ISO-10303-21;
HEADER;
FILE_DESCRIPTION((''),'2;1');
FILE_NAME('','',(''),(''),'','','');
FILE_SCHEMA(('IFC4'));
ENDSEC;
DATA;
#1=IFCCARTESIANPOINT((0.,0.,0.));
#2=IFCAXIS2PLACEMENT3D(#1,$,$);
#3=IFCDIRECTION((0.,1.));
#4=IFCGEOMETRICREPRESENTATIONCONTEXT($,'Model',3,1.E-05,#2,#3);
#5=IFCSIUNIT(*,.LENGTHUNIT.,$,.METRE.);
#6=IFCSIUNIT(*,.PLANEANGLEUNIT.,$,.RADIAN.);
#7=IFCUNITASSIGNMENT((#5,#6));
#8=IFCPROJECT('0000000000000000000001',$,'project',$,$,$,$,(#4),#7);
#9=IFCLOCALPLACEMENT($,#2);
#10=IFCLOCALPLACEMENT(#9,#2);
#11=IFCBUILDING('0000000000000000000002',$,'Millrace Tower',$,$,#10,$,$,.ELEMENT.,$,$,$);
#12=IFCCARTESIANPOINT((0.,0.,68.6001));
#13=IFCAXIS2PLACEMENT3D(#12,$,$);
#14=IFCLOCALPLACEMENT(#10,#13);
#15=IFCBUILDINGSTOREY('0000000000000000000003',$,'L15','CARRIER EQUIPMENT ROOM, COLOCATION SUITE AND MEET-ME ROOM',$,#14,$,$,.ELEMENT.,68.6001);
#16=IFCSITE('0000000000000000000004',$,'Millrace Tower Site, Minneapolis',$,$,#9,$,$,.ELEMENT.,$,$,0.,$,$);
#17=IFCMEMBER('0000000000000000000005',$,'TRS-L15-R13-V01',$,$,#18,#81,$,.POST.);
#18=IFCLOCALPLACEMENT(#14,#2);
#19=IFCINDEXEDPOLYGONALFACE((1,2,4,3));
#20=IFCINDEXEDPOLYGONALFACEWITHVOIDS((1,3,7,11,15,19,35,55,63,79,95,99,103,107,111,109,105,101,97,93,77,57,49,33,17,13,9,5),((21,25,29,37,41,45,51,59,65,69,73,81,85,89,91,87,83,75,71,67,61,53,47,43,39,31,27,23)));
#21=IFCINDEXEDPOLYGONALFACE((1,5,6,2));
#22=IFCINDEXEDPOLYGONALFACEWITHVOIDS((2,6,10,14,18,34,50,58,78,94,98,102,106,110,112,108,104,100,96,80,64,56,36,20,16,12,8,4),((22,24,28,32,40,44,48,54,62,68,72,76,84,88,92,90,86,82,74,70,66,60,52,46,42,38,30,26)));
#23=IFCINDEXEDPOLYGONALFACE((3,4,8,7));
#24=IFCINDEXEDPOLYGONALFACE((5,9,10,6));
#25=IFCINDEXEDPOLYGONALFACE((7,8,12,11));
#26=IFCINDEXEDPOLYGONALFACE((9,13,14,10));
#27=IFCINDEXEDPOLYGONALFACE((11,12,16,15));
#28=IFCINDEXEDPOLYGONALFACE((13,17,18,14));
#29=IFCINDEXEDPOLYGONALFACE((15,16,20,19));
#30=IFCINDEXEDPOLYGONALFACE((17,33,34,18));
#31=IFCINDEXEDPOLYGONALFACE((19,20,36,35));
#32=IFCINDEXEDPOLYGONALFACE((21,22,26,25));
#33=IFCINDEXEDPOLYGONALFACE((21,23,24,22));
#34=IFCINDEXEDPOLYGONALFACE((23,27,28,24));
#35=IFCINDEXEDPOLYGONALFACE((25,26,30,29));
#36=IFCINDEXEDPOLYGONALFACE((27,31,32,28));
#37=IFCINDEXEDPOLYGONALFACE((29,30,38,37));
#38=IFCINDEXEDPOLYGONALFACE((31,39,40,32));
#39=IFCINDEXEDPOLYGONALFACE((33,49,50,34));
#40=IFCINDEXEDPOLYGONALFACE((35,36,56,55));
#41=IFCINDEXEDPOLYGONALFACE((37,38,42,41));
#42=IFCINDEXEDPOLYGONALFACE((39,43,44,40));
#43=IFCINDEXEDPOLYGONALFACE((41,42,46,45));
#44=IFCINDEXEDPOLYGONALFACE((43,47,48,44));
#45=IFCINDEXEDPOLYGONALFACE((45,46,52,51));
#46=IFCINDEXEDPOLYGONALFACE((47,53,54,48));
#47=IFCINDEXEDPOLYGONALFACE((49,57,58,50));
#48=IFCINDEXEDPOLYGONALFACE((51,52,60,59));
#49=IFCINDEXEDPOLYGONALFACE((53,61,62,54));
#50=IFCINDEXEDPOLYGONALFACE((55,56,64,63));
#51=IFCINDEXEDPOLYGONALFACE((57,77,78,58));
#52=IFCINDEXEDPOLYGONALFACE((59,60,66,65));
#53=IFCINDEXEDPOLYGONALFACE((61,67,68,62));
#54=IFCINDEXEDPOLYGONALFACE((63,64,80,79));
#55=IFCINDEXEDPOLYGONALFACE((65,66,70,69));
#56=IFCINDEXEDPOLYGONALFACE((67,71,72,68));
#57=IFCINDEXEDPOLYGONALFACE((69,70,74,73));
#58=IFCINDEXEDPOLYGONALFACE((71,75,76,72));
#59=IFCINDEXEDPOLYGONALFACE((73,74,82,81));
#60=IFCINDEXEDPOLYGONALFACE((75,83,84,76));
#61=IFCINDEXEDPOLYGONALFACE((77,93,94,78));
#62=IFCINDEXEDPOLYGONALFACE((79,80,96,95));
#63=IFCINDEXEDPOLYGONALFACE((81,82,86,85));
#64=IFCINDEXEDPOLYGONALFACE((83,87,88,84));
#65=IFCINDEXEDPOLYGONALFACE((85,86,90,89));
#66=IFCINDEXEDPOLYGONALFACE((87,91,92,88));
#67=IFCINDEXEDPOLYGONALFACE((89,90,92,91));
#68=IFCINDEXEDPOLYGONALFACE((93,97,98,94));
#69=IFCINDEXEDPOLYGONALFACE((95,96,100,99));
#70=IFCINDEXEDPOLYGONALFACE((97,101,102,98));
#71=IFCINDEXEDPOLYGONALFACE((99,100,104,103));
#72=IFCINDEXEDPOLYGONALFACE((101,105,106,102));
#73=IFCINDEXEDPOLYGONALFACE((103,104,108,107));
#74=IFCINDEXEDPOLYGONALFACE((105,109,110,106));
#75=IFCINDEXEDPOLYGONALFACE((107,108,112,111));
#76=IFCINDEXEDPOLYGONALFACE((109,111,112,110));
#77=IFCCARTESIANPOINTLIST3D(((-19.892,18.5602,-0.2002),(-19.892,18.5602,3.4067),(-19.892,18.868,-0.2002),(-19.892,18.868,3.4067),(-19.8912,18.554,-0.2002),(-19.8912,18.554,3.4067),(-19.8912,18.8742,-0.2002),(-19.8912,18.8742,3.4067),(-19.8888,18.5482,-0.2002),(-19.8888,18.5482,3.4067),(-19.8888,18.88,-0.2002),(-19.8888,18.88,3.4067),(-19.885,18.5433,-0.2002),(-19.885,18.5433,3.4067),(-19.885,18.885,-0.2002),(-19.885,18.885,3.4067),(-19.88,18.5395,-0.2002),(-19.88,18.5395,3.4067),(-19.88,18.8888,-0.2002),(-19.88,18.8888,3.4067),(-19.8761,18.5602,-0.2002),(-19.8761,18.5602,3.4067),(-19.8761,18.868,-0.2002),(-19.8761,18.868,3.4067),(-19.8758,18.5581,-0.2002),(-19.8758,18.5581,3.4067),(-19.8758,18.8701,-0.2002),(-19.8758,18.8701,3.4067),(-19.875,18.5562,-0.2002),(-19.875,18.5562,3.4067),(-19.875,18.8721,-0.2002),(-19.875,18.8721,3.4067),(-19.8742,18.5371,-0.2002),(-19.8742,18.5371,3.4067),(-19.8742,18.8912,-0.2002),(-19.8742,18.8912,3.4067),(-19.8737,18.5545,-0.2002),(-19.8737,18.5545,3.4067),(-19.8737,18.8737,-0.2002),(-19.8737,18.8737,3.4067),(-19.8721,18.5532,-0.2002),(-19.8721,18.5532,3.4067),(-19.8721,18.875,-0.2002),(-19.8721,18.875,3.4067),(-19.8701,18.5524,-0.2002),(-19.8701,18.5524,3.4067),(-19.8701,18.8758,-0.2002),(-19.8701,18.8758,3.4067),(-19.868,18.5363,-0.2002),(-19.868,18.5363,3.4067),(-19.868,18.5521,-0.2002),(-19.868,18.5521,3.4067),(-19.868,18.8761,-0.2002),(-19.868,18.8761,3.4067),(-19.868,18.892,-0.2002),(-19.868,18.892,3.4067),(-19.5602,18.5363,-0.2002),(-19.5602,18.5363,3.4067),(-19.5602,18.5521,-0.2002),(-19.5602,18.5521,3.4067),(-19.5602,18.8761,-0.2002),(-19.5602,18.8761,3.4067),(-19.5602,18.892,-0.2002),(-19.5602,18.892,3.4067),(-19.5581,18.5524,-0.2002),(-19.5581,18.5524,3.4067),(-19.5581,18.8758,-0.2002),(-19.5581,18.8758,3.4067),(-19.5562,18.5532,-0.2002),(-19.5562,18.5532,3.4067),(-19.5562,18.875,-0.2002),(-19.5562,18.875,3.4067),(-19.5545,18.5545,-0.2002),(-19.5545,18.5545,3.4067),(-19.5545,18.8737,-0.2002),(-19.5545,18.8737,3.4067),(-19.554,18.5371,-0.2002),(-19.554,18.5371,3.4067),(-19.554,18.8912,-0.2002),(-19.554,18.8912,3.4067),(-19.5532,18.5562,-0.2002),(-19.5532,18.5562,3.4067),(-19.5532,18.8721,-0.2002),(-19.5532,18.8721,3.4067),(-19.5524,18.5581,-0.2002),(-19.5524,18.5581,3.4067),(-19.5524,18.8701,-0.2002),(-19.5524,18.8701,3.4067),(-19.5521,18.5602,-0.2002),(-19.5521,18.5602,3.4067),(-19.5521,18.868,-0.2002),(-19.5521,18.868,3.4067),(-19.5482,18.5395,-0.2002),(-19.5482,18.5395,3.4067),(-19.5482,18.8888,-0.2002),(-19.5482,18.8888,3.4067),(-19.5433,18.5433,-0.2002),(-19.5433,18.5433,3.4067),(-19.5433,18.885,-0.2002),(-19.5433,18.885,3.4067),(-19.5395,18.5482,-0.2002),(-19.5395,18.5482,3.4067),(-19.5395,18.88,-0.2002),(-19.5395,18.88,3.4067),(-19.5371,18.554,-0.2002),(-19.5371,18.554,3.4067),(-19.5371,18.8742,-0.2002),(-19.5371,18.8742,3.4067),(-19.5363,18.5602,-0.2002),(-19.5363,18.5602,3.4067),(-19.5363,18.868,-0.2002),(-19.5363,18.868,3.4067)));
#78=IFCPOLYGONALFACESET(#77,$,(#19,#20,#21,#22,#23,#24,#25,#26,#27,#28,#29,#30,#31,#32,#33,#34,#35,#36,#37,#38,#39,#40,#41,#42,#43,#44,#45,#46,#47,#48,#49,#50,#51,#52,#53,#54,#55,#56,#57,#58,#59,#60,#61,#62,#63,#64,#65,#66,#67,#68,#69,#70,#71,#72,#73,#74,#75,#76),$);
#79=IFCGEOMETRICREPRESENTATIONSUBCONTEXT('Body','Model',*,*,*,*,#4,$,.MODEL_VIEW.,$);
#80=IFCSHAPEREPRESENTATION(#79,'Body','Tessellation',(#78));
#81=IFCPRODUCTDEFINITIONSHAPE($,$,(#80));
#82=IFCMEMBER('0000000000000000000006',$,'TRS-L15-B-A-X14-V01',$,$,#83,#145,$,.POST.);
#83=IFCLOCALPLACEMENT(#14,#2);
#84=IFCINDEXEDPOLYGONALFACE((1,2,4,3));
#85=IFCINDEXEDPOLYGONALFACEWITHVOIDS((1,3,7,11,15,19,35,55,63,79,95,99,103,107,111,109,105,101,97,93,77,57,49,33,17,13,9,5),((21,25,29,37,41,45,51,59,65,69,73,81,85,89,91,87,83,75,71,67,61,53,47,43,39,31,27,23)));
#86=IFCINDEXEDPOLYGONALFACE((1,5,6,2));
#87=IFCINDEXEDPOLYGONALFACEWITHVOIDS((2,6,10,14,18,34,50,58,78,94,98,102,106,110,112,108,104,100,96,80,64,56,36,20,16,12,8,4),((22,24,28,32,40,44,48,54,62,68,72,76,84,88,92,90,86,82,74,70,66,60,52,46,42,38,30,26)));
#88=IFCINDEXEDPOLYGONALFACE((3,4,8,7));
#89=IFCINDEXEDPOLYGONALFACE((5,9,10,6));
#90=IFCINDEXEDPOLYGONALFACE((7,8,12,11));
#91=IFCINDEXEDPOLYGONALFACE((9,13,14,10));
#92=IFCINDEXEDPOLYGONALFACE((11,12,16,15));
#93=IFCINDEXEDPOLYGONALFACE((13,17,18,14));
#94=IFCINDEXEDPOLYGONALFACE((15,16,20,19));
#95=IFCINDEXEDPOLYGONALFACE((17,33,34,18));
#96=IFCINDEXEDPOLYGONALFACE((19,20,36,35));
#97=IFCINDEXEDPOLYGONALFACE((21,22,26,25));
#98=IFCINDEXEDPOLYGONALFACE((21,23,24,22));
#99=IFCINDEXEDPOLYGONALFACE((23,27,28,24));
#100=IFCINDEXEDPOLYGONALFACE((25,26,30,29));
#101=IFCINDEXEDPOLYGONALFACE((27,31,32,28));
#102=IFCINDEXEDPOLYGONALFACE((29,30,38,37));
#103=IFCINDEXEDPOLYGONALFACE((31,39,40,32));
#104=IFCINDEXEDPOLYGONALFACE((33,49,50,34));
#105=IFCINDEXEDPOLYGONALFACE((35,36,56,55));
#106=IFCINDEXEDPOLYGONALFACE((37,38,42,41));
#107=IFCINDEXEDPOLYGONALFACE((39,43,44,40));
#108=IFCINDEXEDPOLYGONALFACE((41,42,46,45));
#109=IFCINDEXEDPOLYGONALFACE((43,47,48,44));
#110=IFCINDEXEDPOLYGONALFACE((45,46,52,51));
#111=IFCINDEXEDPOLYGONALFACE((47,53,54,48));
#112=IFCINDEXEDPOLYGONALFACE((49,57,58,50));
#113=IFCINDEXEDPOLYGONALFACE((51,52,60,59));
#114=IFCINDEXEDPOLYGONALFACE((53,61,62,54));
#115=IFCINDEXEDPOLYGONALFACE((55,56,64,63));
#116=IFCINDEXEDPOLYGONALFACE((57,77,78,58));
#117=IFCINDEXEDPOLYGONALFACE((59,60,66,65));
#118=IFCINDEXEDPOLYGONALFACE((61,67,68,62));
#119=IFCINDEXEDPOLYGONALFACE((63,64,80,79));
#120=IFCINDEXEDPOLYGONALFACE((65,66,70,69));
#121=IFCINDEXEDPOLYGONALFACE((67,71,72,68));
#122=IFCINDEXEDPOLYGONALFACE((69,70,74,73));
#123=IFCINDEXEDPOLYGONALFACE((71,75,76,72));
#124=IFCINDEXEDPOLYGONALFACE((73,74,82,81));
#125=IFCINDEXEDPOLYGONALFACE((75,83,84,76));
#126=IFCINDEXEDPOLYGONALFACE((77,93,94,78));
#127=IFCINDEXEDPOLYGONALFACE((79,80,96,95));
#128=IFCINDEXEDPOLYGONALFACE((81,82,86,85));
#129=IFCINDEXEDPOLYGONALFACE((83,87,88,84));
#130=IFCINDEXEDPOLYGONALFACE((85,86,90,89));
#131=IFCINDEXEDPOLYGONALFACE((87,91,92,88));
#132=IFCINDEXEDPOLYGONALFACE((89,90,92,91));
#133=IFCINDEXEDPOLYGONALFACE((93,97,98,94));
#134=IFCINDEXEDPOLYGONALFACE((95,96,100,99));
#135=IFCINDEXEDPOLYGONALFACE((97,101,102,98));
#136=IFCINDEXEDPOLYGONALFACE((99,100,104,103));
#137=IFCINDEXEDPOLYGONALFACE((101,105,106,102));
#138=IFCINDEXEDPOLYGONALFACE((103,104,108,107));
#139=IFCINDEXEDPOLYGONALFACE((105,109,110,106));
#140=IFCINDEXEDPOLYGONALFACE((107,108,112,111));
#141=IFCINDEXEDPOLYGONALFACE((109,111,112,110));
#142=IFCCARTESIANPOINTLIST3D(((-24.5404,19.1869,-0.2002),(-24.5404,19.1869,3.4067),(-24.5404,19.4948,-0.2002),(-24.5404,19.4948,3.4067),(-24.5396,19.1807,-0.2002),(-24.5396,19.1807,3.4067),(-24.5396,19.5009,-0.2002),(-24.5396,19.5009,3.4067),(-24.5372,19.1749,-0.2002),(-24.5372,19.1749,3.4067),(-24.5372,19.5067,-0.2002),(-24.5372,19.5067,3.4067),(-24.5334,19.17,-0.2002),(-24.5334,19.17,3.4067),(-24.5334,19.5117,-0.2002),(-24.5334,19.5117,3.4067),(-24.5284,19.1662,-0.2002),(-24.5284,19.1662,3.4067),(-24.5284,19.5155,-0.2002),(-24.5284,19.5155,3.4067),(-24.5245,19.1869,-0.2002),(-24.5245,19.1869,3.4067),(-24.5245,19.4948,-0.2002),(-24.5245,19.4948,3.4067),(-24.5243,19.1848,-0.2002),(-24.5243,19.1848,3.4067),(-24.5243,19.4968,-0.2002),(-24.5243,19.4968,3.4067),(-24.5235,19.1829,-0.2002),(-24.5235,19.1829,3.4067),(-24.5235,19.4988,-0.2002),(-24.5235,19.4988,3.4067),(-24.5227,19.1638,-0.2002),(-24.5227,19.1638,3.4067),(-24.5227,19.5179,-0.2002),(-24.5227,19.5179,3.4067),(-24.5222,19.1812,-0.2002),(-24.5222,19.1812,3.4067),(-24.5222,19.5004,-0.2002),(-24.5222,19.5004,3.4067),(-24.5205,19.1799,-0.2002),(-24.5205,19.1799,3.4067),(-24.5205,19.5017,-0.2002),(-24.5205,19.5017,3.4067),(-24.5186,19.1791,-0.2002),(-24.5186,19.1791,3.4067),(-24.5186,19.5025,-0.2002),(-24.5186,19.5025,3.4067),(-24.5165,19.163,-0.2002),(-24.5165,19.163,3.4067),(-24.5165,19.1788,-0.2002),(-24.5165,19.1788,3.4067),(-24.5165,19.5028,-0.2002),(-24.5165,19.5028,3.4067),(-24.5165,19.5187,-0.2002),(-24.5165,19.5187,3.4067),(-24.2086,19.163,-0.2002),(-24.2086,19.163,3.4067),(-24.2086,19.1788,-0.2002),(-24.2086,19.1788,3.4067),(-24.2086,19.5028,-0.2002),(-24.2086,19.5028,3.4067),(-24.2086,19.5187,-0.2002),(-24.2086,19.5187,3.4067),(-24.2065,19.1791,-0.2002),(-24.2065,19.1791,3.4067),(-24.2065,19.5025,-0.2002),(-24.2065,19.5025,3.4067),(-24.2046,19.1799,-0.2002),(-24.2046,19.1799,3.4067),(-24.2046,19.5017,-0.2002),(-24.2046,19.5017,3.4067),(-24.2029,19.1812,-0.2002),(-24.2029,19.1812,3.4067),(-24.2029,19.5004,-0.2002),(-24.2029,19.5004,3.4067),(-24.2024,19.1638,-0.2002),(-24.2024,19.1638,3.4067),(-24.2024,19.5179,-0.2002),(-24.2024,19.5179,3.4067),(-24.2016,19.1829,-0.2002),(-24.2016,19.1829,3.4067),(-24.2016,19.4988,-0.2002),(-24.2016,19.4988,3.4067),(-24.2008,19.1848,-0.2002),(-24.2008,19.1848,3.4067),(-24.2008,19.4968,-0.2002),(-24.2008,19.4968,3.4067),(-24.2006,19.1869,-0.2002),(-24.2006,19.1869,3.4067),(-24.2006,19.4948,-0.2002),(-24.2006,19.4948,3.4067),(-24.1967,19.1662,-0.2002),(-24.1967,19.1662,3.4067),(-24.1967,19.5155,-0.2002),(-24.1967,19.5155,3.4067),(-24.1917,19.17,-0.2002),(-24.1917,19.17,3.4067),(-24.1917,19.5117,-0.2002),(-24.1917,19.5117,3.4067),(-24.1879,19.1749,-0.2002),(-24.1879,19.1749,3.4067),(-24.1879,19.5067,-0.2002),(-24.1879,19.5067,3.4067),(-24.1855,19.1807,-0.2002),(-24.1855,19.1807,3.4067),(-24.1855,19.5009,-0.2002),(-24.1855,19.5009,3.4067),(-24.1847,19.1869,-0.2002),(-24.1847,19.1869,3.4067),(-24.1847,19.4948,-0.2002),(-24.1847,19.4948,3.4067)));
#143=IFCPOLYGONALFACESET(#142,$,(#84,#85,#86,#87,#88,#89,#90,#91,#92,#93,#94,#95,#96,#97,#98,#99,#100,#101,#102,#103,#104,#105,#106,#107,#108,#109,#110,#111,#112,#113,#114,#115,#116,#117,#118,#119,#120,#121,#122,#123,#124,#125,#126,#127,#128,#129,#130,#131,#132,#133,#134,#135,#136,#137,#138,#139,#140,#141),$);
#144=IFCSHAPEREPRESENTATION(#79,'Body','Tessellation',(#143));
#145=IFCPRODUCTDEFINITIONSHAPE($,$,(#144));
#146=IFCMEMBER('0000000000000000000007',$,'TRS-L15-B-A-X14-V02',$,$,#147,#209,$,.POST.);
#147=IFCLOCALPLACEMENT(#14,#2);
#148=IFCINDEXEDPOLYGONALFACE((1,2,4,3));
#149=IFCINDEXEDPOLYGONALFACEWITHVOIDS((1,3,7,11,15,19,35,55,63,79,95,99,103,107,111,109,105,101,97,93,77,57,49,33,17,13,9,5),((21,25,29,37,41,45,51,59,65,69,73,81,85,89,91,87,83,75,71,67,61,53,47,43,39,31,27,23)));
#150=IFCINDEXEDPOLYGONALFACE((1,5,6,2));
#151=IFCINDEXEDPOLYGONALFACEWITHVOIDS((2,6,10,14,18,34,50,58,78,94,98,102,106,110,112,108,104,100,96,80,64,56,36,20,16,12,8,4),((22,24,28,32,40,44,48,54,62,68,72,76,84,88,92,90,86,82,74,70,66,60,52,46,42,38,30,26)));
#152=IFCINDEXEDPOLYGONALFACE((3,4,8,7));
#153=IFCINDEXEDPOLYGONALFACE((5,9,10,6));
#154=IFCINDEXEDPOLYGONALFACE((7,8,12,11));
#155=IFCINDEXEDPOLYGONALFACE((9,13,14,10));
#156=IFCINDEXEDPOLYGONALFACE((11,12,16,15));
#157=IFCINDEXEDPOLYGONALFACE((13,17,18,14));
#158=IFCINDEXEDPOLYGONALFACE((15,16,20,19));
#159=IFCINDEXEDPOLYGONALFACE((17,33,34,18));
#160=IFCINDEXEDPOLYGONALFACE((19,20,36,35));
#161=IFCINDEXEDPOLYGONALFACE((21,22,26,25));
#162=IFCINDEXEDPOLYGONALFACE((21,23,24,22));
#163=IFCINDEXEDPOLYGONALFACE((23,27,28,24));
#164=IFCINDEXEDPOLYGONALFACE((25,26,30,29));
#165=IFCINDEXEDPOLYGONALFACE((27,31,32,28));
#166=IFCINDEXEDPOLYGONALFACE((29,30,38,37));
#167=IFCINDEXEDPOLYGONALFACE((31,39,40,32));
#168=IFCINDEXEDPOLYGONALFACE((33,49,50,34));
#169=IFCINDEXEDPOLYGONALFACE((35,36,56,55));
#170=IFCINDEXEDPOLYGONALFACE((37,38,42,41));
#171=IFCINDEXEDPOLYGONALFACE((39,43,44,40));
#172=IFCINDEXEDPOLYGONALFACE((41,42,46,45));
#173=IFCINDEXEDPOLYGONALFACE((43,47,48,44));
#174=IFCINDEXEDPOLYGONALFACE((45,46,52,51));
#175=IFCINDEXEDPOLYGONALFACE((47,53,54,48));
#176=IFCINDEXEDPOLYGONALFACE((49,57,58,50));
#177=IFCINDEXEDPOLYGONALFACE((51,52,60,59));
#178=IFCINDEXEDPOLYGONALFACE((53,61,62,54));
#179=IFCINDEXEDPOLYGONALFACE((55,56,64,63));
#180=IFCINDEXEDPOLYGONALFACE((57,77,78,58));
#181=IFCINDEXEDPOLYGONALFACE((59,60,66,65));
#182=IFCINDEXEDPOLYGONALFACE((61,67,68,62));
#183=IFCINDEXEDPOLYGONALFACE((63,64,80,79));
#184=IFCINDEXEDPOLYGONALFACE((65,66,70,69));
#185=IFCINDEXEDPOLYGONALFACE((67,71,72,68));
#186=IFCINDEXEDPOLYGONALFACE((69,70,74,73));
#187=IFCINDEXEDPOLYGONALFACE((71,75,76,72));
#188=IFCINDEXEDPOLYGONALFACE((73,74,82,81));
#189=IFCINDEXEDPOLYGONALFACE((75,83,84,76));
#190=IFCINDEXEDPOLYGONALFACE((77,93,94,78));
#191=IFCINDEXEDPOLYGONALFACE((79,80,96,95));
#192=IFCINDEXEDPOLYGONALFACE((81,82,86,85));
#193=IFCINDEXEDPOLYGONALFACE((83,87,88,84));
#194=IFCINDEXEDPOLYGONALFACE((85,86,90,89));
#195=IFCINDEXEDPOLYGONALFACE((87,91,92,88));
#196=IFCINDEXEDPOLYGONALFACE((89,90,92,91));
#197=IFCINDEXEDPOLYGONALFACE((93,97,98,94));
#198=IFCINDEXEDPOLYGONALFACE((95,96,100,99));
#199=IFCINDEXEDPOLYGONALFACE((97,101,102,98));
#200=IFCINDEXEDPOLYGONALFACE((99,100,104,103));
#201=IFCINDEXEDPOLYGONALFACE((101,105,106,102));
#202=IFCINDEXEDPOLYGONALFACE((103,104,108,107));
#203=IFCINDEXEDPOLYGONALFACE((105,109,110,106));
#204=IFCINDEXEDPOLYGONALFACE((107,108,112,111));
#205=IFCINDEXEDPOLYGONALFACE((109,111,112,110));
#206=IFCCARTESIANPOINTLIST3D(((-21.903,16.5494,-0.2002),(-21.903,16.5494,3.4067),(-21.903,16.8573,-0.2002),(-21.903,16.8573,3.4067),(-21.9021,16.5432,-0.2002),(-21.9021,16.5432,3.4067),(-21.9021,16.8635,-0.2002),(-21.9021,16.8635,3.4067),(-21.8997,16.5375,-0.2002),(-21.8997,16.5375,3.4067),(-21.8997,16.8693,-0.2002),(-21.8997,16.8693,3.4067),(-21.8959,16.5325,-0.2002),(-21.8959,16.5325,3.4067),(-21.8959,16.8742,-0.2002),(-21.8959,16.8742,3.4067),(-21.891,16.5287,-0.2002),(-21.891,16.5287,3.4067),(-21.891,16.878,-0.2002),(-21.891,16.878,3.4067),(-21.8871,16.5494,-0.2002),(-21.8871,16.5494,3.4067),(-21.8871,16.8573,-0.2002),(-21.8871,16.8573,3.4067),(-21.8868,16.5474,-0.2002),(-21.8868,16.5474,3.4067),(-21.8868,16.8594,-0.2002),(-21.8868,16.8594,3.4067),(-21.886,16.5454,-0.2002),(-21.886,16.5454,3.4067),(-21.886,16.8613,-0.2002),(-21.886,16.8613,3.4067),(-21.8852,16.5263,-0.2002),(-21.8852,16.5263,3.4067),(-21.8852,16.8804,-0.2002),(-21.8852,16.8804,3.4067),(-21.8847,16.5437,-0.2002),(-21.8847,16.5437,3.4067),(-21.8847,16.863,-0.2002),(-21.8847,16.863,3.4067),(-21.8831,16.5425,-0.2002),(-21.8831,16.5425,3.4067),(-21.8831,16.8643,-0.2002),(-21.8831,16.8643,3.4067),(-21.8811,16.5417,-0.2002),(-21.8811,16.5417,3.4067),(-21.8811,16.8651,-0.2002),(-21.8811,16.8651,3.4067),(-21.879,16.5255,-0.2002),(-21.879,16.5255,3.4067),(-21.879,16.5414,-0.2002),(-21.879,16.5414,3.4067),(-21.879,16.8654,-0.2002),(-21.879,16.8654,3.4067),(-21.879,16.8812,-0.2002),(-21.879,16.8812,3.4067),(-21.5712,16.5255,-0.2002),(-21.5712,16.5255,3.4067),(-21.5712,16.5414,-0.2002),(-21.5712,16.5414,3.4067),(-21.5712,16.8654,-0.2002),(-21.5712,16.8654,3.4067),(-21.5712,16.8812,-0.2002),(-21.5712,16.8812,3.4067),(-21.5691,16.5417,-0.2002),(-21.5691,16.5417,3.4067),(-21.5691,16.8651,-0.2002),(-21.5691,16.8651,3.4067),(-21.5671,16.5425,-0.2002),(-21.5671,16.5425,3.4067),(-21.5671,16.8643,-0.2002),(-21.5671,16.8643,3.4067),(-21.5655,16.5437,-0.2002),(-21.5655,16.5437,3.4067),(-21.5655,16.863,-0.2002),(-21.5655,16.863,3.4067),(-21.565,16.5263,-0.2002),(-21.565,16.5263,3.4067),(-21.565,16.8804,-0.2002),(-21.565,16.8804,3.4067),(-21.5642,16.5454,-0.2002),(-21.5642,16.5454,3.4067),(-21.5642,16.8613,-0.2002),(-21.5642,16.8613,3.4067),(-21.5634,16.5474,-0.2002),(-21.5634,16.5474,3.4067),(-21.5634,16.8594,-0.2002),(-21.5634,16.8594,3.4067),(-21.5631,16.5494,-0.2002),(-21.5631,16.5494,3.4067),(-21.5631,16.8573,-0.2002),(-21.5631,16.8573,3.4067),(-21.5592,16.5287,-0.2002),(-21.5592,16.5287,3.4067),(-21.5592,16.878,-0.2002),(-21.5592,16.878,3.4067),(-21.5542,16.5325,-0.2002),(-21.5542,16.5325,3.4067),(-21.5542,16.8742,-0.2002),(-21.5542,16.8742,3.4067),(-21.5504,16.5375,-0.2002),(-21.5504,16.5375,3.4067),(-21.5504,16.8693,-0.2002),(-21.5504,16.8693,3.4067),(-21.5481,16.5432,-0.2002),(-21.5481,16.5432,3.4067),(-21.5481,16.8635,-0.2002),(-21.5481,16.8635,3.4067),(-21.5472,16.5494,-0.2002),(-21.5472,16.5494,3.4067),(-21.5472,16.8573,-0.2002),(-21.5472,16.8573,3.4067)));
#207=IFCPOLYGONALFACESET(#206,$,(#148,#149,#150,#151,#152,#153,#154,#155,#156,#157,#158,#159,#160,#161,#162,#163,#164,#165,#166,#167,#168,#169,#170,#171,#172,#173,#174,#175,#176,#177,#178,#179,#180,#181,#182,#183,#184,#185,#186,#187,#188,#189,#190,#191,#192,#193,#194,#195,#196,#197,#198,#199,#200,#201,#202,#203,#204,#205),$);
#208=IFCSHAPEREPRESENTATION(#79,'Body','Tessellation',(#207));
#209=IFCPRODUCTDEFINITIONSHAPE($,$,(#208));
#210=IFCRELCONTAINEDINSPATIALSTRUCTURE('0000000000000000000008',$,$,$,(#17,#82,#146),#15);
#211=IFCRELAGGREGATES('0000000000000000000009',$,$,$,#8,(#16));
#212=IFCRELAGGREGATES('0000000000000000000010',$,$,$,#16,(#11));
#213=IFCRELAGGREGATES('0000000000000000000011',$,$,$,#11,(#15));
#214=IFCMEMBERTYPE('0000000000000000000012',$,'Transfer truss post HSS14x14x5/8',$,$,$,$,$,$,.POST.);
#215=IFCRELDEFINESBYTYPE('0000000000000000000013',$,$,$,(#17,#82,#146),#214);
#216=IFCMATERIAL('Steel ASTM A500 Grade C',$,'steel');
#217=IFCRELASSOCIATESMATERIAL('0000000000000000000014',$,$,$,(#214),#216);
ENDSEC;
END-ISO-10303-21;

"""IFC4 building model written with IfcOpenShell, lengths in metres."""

from ifc_helpers import new_model, si_unit, direction, frame, origin, origin_2d, place, context, subcontext, project, spatial, hollow_rectangle, extrude, material, material_profile, profile_set, type_object, element, save


model = new_model("IFC4")

# Units and contexts
model_context = context("Model", 3, precision=1e-05, world=origin(), true_north=direction((0.0, 1.0)))
body_context = subcontext(model_context, "Body", "Model", "MODEL_VIEW")
ifc_project = project(units=[si_unit("LENGTHUNIT", "METRE"), si_unit("PLANEANGLEUNIT", "RADIAN")], contexts=[model_context])

# Site, building, storey
site_placement = place(None, origin())
site = spatial("IfcSite", under=ifc_project, at=site_placement, Name="Millrace Tower Site, Minneapolis", CompositionType="ELEMENT", RefElevation=0.0)
building_placement = place(site_placement, origin())
building = spatial("IfcBuilding", under=site, at=building_placement, Name="Millrace Tower", CompositionType="ELEMENT")
storey_placement = place(building_placement, frame((0.0, 0.0, 68.6001)))
storey = spatial("IfcBuildingStorey", under=building, at=storey_placement, Name="L15", Description="CARRIER EQUIPMENT ROOM, COLOCATION SUITE AND MEET-ME ROOM", CompositionType="ELEMENT", Elevation=68.6001)

# Members
ifc_material_1 = material(Name="Steel ASTM A500 Grade C", Category="steel")
ifc_material_profile_1 = material_profile(ifc_material_1, hollow_rectangle(XDim=0.3557, YDim=0.3557, WallThickness=0.0159, InnerFilletRadius=0.0081, OuterFilletRadius=0.0239, at=origin_2d()))
ifc_profile_set_1 = profile_set([ifc_material_profile_1], Name="Steel ASTM A500 Grade C")
member_type_1 = type_object("IfcMemberType", Name="Transfer truss post HSS14x14x5/8", PredefinedType="POST", material=ifc_profile_set_1)
for number, where, z_axis, x_axis, name in (
    (1, (-19.7141, 18.7141, -0.2002), (0.0, 0.0, 1.0), (1.0, 0.0, 0.0), "TRS-L15-R13-V01"),
    (2, (-24.3625, 19.3408, -0.2002), (0.0, 0.0, 1.0), (1.0, 0.0, 0.0), "TRS-L15-B-A-X14-V01"),
    (3, (-21.7251, 16.7034, -0.2002), (0.0, 0.0, 1.0), (1.0, 0.0, 0.0), "TRS-L15-B-A-X14-V02"),
):
    element("IfcMember", number, at=place(storey_placement, frame(where, z_axis=z_axis, x_axis=x_axis)), inside=storey, type_object=member_type_1, Name=name, PredefinedType="POST", context=body_context, shape_type="SweptSolid", body=[
        extrude(hollow_rectangle(XDim=0.3557, YDim=0.3557, WallThickness=0.0159, InnerFilletRadius=0.0081, OuterFilletRadius=0.0239, at=origin_2d()), origin(), (0.0, 0.0, 1.0), 3.6069),
    ])

save(model, "model.ifc")
